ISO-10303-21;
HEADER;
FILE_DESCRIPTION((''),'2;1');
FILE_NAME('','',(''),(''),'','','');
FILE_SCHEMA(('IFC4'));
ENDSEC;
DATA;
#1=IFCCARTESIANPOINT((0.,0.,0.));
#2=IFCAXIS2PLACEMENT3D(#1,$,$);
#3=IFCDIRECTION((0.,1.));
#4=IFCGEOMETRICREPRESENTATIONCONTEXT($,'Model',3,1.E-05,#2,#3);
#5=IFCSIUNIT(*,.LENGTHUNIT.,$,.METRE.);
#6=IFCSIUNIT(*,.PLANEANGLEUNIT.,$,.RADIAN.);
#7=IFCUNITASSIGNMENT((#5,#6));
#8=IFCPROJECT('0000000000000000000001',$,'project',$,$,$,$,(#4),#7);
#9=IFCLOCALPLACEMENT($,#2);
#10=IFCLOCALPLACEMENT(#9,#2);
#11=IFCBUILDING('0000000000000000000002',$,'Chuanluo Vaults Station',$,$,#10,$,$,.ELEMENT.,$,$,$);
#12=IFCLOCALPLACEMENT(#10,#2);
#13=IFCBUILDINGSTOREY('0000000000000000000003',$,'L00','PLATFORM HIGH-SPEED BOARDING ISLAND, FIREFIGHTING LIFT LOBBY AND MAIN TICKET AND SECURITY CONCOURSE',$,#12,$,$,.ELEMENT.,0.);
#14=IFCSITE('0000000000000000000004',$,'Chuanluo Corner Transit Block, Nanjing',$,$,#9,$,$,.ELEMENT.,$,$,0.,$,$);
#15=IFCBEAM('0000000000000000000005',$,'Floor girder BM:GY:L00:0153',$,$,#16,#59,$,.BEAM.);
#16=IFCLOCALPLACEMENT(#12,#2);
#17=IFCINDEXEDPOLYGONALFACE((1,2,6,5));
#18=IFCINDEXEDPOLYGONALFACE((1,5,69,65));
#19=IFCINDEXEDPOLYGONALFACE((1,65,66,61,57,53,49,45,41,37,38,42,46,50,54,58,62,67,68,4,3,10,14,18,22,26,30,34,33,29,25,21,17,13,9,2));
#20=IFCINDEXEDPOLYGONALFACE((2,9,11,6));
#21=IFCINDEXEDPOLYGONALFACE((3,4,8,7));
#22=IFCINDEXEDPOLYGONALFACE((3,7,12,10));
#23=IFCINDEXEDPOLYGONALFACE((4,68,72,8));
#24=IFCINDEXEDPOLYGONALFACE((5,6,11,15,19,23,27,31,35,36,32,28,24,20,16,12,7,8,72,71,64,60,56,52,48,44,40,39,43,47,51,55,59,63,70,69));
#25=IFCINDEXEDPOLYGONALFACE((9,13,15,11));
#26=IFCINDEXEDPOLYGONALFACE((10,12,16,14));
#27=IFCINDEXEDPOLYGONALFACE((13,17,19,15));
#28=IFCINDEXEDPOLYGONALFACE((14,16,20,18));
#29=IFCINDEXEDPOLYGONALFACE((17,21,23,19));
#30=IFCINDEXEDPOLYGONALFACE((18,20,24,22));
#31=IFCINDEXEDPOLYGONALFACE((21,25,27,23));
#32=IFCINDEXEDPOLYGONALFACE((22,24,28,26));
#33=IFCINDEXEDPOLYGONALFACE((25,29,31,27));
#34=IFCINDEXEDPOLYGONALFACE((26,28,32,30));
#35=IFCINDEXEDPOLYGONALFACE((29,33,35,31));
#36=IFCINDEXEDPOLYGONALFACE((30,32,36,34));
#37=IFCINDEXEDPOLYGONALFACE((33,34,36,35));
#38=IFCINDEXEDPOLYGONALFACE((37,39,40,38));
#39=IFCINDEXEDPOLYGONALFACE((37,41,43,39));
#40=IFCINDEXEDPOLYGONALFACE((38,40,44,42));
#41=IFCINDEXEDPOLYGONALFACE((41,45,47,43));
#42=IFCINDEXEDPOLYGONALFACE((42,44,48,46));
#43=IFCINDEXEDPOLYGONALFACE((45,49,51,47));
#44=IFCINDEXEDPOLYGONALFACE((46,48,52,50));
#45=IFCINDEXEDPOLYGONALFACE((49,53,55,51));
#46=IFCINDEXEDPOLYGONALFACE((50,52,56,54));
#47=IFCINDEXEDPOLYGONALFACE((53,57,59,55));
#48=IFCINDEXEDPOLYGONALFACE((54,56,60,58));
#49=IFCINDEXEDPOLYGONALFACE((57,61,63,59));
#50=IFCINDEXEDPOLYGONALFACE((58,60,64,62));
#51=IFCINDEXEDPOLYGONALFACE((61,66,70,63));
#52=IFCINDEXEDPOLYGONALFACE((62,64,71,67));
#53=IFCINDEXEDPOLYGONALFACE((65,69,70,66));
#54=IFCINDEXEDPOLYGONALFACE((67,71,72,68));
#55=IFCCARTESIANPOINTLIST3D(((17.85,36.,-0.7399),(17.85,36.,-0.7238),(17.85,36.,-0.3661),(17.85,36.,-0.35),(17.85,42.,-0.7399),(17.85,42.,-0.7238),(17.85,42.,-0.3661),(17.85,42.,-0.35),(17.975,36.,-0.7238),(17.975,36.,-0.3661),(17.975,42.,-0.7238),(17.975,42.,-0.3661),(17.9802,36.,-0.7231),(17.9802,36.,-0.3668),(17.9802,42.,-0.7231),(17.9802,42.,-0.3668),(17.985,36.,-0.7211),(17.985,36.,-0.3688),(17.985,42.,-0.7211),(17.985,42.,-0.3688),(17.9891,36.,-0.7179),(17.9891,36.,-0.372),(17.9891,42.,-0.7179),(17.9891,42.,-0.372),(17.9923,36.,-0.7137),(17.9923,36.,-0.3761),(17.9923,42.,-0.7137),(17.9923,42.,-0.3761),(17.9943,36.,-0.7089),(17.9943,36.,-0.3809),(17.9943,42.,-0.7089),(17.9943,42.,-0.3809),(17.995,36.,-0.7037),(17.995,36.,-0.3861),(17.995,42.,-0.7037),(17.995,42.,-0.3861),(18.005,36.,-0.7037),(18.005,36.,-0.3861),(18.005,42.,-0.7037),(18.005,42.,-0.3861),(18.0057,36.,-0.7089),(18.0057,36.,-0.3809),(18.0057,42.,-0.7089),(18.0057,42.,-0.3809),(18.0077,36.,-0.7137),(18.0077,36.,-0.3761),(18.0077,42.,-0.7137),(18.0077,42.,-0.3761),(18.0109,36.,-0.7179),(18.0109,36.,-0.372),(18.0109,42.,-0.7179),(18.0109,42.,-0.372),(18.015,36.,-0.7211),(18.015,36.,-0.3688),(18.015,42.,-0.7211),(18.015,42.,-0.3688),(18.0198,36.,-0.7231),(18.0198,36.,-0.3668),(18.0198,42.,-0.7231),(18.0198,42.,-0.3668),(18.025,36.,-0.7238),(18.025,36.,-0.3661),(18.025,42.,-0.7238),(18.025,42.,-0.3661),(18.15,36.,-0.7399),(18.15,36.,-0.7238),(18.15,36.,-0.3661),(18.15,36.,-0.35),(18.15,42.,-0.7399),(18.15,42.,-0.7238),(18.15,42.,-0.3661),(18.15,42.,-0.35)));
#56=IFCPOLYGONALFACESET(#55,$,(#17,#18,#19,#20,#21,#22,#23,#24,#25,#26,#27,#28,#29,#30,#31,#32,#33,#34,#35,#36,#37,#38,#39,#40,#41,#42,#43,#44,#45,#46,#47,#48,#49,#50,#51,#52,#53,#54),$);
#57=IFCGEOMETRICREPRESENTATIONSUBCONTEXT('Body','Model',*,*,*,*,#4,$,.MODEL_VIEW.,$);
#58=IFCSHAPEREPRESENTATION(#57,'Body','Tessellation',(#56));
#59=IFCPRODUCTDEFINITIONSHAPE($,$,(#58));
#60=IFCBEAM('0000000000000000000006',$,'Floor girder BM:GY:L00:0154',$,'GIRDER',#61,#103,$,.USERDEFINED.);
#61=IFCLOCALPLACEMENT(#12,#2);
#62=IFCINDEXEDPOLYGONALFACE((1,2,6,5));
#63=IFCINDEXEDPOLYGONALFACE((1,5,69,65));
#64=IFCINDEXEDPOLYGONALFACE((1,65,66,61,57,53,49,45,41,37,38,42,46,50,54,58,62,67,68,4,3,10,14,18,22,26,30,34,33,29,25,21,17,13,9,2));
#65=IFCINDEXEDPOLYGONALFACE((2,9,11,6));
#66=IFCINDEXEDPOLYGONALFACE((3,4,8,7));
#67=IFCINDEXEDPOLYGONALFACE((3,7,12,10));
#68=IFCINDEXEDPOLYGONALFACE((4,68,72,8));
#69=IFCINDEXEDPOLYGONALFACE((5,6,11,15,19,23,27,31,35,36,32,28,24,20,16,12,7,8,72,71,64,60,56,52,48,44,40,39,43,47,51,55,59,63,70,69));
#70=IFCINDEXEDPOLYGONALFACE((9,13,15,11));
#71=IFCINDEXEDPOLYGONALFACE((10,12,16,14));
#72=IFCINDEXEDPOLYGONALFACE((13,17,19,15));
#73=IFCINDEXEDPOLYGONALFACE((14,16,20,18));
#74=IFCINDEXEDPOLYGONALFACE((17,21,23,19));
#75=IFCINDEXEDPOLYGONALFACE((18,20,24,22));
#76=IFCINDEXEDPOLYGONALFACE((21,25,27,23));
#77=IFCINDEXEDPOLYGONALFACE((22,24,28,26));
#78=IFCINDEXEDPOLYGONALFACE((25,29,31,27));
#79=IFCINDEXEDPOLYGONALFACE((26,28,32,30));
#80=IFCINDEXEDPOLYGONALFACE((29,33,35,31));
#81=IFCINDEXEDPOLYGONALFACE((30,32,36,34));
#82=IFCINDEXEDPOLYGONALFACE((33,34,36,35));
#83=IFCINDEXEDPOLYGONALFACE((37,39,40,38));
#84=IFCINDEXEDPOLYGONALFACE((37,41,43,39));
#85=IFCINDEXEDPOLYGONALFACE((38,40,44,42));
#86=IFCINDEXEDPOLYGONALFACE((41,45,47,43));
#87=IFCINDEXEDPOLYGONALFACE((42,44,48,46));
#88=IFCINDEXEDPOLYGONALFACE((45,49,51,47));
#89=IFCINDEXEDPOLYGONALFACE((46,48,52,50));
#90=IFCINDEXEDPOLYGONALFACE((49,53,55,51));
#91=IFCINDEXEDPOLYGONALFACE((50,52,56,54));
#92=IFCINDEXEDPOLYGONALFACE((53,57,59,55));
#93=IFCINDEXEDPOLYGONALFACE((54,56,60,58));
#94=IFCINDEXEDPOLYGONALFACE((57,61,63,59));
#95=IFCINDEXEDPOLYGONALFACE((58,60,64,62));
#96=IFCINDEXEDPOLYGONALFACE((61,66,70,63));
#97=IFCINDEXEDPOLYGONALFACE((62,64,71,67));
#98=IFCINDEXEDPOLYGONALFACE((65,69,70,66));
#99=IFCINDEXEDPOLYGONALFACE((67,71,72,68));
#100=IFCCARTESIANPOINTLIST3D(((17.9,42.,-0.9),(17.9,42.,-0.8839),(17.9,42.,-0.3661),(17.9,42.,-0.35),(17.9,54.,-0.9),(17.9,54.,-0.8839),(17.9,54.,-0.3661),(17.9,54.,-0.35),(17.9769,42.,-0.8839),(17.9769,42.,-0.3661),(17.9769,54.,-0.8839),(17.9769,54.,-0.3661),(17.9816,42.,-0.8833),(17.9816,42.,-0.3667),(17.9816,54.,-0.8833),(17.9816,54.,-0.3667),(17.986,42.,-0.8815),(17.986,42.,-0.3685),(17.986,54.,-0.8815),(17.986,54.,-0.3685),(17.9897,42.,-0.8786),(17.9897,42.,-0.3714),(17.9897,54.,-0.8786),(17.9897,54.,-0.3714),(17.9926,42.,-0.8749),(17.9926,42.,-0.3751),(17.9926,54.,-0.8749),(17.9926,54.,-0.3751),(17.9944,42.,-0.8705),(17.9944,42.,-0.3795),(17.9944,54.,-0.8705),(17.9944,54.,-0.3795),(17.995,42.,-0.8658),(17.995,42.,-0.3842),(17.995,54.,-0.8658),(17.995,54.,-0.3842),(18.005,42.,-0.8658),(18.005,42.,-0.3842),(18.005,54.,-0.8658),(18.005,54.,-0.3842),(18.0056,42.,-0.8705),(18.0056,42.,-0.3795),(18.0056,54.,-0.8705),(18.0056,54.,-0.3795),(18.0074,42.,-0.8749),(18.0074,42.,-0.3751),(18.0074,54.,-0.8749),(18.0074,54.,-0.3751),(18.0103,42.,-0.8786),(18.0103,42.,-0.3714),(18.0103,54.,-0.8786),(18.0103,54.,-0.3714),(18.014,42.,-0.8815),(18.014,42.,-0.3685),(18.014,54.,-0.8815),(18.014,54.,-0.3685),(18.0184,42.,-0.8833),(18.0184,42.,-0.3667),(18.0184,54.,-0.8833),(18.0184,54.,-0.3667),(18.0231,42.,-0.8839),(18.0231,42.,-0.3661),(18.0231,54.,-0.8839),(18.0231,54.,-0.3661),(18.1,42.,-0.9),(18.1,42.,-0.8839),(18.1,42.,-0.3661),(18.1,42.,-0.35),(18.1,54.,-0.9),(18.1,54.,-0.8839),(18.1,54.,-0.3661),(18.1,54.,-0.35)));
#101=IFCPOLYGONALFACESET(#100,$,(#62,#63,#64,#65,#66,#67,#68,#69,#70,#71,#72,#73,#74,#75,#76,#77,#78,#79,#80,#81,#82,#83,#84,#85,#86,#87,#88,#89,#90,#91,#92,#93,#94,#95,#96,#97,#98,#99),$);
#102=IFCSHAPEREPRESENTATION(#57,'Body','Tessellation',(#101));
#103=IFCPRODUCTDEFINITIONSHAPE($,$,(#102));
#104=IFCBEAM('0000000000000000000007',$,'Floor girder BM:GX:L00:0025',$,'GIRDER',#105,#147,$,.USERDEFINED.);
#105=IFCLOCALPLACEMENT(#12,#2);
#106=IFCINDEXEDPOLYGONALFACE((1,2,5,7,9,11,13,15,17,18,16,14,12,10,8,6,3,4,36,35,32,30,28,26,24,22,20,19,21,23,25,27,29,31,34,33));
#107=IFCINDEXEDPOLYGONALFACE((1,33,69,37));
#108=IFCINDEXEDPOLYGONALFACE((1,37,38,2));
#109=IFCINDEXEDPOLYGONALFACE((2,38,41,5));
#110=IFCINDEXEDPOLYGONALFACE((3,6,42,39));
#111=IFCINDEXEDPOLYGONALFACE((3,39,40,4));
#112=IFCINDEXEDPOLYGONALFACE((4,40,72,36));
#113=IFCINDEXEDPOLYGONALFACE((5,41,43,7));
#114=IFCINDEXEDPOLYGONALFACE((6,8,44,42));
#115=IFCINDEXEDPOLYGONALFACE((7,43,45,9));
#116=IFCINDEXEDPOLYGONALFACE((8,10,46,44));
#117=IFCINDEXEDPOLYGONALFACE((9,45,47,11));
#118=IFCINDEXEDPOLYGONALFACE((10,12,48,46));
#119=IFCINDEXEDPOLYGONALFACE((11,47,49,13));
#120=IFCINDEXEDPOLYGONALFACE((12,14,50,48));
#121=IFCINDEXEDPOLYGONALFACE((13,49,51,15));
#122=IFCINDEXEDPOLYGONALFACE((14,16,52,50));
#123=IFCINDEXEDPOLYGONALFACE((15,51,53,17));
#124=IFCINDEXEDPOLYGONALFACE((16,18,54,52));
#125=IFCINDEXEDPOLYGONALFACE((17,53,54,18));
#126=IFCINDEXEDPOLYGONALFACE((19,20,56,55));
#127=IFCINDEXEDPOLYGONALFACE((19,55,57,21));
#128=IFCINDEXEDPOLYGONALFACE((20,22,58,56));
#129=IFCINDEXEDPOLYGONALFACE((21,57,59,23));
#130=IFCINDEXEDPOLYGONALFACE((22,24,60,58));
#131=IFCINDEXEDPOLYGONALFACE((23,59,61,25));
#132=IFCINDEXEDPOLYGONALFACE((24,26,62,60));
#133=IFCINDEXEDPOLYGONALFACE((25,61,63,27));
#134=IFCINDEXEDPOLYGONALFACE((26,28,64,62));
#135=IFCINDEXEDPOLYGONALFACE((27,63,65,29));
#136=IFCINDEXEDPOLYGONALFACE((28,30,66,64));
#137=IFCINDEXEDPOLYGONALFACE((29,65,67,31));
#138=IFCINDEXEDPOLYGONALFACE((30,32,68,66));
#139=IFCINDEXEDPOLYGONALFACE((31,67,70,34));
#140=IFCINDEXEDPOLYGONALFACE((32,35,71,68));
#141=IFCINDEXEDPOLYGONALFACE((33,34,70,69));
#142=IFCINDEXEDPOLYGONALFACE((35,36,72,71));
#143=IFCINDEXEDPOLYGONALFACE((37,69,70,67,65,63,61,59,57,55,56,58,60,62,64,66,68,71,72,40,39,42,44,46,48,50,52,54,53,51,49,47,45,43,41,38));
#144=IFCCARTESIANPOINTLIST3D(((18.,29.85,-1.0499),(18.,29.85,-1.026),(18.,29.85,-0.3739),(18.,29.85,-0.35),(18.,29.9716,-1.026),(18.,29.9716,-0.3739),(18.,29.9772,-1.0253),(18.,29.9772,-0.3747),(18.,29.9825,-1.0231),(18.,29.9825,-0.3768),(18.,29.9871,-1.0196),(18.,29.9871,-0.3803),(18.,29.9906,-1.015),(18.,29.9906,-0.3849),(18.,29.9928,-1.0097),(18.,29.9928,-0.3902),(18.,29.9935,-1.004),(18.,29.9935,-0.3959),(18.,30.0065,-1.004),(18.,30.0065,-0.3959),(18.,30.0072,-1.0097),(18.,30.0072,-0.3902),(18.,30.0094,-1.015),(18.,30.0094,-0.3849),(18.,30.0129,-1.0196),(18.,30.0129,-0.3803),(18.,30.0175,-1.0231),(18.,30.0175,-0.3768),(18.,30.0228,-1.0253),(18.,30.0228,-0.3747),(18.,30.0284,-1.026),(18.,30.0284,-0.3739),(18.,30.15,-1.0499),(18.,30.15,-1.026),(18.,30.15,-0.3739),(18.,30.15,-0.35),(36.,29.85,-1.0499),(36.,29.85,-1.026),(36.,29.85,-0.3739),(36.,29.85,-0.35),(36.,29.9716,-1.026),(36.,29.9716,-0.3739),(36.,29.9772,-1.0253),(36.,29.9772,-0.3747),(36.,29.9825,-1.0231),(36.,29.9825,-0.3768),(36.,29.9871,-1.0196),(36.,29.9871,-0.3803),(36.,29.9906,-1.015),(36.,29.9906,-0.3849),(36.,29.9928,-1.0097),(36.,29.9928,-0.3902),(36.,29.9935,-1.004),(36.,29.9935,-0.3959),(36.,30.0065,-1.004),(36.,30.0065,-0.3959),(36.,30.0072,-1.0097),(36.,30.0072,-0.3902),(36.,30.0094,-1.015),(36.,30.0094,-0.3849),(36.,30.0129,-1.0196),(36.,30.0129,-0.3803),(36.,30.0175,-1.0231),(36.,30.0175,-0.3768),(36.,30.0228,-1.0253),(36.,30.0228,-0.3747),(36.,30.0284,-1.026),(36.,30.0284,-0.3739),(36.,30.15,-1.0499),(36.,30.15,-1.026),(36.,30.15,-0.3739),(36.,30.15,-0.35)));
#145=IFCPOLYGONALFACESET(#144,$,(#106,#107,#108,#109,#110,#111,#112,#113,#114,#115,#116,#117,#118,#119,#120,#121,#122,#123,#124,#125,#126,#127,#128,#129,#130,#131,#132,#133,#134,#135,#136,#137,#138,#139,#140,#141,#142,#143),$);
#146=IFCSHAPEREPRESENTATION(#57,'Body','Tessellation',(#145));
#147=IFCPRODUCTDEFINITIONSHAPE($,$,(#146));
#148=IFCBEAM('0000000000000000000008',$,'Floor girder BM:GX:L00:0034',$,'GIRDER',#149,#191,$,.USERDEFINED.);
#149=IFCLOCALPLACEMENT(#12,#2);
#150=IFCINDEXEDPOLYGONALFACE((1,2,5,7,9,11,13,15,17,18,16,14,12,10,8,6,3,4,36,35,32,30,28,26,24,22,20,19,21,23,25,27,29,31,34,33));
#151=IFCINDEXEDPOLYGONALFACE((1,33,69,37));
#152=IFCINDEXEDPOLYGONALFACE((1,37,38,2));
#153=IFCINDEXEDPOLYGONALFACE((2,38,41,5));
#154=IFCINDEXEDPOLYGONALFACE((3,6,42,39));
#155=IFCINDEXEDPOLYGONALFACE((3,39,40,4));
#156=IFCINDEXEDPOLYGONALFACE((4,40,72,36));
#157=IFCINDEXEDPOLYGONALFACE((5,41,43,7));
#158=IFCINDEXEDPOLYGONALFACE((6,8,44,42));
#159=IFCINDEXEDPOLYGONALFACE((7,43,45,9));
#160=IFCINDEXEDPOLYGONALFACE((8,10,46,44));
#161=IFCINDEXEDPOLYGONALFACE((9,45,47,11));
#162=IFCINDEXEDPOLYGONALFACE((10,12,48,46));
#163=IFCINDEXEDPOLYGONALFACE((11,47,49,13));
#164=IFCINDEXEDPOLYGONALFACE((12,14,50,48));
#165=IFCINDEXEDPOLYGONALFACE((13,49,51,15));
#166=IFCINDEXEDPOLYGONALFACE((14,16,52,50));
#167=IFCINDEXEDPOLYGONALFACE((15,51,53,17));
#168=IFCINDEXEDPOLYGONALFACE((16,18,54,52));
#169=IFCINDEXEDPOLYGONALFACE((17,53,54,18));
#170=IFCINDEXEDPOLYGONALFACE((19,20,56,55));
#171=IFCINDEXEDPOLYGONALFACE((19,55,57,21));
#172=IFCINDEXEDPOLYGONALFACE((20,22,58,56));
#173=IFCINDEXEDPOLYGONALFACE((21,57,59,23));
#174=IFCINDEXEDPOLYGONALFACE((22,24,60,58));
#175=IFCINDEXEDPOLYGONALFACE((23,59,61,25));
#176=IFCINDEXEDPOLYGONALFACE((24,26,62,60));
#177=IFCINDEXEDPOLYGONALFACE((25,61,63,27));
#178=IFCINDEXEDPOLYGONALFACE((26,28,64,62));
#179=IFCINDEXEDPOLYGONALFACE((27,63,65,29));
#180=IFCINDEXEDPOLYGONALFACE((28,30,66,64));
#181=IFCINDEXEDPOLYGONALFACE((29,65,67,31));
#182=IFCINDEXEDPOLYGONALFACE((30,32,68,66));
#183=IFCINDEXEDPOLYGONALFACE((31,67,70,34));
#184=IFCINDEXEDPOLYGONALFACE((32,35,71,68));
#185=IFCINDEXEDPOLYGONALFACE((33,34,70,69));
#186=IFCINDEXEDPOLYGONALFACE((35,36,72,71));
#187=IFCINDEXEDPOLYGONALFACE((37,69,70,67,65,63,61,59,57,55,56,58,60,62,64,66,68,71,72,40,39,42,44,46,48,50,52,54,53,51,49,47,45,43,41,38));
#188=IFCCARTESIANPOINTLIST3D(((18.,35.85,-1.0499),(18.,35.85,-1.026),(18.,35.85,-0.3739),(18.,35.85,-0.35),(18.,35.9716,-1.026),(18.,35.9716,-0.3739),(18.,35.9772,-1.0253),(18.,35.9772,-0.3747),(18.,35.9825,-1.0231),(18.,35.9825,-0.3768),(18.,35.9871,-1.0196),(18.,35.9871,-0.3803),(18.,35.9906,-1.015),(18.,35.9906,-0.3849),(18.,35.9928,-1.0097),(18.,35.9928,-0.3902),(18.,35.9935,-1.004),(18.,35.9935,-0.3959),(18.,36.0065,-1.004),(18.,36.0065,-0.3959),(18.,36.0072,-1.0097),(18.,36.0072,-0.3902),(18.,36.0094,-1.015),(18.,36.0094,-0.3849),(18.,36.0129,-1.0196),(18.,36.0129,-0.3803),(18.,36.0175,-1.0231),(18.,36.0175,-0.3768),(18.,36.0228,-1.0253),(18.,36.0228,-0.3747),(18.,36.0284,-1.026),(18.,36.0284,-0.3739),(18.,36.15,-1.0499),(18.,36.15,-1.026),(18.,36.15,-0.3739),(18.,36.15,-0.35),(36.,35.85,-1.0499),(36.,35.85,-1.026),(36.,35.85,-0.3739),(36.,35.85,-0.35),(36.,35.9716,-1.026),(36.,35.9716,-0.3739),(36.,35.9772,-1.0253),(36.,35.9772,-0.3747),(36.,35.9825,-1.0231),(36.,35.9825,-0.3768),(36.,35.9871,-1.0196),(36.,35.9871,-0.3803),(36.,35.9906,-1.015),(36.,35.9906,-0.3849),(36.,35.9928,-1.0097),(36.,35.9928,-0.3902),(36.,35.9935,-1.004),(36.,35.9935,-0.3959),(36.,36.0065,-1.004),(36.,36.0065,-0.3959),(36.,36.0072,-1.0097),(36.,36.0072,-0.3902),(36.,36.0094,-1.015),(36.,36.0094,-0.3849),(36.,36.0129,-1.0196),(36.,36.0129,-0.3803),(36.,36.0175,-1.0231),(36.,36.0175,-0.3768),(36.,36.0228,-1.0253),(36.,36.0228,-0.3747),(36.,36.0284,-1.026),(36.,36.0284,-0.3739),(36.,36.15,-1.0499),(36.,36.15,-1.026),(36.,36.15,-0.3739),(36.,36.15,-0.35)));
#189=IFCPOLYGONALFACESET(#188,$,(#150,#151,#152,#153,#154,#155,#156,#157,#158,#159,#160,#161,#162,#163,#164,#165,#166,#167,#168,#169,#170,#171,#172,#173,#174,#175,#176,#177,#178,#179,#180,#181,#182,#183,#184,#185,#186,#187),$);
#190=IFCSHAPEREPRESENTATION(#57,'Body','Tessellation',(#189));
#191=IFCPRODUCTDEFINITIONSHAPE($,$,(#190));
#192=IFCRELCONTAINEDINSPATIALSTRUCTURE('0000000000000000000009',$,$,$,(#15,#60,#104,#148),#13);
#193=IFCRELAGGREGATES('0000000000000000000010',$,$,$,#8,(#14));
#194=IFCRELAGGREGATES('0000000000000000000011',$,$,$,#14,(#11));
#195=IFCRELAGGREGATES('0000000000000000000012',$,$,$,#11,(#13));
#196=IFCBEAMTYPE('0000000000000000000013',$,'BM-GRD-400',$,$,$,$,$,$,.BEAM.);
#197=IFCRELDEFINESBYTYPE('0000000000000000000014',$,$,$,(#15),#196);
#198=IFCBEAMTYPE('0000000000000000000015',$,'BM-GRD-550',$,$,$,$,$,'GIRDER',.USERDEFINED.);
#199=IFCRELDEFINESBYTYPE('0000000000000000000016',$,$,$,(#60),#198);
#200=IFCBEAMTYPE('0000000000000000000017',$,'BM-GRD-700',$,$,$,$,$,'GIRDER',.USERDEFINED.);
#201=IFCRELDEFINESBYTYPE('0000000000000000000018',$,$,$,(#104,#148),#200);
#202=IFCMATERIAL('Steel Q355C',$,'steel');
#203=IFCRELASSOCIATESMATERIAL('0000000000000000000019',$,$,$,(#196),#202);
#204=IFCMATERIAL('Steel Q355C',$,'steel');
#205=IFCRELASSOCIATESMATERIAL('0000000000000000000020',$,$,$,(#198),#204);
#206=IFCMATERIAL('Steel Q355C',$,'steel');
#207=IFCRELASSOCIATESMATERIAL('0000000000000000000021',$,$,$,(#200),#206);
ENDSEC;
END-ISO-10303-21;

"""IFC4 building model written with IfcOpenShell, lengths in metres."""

from ifc_helpers import new_model, si_unit, direction, frame, origin, origin_2d, place, context, subcontext, project, spatial, i_section, extrude, material, material_profile, profile_set, type_object, element, save


model = new_model("IFC4")

# Units and contexts
model_context = context("Model", 3, precision=1e-05, world=origin(), true_north=direction((0.0, 1.0)))
body_context = subcontext(model_context, "Body", "Model", "MODEL_VIEW")
ifc_project = project(units=[si_unit("LENGTHUNIT", "METRE"), si_unit("PLANEANGLEUNIT", "RADIAN")], contexts=[model_context])

# Site, building, storey
site_placement = place(None, origin())
site = spatial("IfcSite", under=ifc_project, at=site_placement, Name="Chuanluo Corner Transit Block, Nanjing", CompositionType="ELEMENT", RefElevation=0.0)
building_placement = place(site_placement, origin())
building = spatial("IfcBuilding", under=site, at=building_placement, Name="Chuanluo Vaults Station", CompositionType="ELEMENT")
storey_placement = place(building_placement, origin())
storey = spatial("IfcBuildingStorey", under=building, at=storey_placement, Name="L00", Description="PLATFORM HIGH-SPEED BOARDING ISLAND, FIREFIGHTING LIFT LOBBY AND MAIN TICKET AND SECURITY CONCOURSE", CompositionType="ELEMENT", Elevation=0.0)

# Beams
ifc_material_1 = material(Name="Steel Q355C", Category="steel")
ifc_material_profile_1 = material_profile(ifc_material_1, i_section(OverallWidth=0.3, OverallDepth=0.3899, WebThickness=0.01, FlangeThickness=0.0161, FilletRadius=0.02, at=origin_2d()))
ifc_profile_set_1 = profile_set([ifc_material_profile_1], Name="Steel Q355C")
beam_type_1 = type_object("IfcBeamType", Name="BM-GRD-400", PredefinedType="BEAM", material=ifc_profile_set_1)
for number, where, z_axis, x_axis, name in (
    (1, (18.0, 36.0, -0.5449), (0.0, 1.0, 0.0), (-1.0, 0.0, 0.0), "Floor girder BM:GY:L00:0153"),
):
    element("IfcBeam", number, at=place(storey_placement, frame(where, z_axis=z_axis, x_axis=x_axis)), inside=storey, type_object=beam_type_1, Name=name, PredefinedType="BEAM", context=body_context, shape_type="SweptSolid", body=[
        extrude(i_section(OverallWidth=0.3, OverallDepth=0.3899, WebThickness=0.01, FlangeThickness=0.0161, FilletRadius=0.02, at=origin_2d()), origin(), (0.0, 0.0, 1.0), 6.0),
    ])
ifc_material_2 = material(Name="Steel Q355C", Category="steel")
ifc_material_profile_2 = material_profile(ifc_material_2, i_section(OverallWidth=0.2, OverallDepth=0.55, WebThickness=0.01, FlangeThickness=0.0161, FilletRadius=0.0181, at=origin_2d()))
ifc_profile_set_2 = profile_set([ifc_material_profile_2], Name="Steel Q355C")
beam_type_2 = type_object("IfcBeamType", Name="BM-GRD-550", ElementType="GIRDER", PredefinedType="USERDEFINED", material=ifc_profile_set_2)
beam_placement = place(storey_placement, frame((18.0, 42.0, -0.625), z_axis=(0.0, 1.0, 0.0), x_axis=(-1.0, 0.0, 0.0)))
element("IfcBeam", 2, at=beam_placement, inside=storey, type_object=beam_type_2, Name="Floor girder BM:GY:L00:0154", ObjectType="GIRDER", PredefinedType="USERDEFINED", context=body_context, shape_type="SweptSolid", body=[
    extrude(i_section(OverallWidth=0.2, OverallDepth=0.55, WebThickness=0.01, FlangeThickness=0.0161, FilletRadius=0.0181, at=origin_2d()), origin(), (0.0, 0.0, 1.0), 12.0),
])
ifc_material_3 = material(Name="Steel Q355C", Category="steel")
ifc_material_profile_3 = material_profile(ifc_material_3, i_section(OverallWidth=0.3, OverallDepth=0.7, WebThickness=0.0129, FlangeThickness=0.0239, FilletRadius=0.022, at=origin_2d()))
ifc_profile_set_3 = profile_set([ifc_material_profile_3], Name="Steel Q355C")
beam_type_3 = type_object("IfcBeamType", Name="BM-GRD-700", ElementType="GIRDER", PredefinedType="USERDEFINED", material=ifc_profile_set_3)
for number, where, z_axis, x_axis, name in (
    (3, (18.0, 30.0, -0.7), (1.0, 0.0, 0.0), (0.0, 1.0, 0.0), "Floor girder BM:GX:L00:0025"),
    (4, (18.0, 36.0, -0.7), (1.0, 0.0, 0.0), (0.0, 1.0, 0.0), "Floor girder BM:GX:L00:0034"),
):
    element("IfcBeam", number, at=place(storey_placement, frame(where, z_axis=z_axis, x_axis=x_axis)), inside=storey, type_object=beam_type_3, Name=name, ObjectType="GIRDER", PredefinedType="USERDEFINED", context=body_context, shape_type="SweptSolid", body=[
        extrude(i_section(OverallWidth=0.3, OverallDepth=0.7, WebThickness=0.0129, FlangeThickness=0.0239, FilletRadius=0.022, at=origin_2d()), origin(), (0.0, 0.0, 1.0), 18.0),
    ])

save(model, "model.ifc")
